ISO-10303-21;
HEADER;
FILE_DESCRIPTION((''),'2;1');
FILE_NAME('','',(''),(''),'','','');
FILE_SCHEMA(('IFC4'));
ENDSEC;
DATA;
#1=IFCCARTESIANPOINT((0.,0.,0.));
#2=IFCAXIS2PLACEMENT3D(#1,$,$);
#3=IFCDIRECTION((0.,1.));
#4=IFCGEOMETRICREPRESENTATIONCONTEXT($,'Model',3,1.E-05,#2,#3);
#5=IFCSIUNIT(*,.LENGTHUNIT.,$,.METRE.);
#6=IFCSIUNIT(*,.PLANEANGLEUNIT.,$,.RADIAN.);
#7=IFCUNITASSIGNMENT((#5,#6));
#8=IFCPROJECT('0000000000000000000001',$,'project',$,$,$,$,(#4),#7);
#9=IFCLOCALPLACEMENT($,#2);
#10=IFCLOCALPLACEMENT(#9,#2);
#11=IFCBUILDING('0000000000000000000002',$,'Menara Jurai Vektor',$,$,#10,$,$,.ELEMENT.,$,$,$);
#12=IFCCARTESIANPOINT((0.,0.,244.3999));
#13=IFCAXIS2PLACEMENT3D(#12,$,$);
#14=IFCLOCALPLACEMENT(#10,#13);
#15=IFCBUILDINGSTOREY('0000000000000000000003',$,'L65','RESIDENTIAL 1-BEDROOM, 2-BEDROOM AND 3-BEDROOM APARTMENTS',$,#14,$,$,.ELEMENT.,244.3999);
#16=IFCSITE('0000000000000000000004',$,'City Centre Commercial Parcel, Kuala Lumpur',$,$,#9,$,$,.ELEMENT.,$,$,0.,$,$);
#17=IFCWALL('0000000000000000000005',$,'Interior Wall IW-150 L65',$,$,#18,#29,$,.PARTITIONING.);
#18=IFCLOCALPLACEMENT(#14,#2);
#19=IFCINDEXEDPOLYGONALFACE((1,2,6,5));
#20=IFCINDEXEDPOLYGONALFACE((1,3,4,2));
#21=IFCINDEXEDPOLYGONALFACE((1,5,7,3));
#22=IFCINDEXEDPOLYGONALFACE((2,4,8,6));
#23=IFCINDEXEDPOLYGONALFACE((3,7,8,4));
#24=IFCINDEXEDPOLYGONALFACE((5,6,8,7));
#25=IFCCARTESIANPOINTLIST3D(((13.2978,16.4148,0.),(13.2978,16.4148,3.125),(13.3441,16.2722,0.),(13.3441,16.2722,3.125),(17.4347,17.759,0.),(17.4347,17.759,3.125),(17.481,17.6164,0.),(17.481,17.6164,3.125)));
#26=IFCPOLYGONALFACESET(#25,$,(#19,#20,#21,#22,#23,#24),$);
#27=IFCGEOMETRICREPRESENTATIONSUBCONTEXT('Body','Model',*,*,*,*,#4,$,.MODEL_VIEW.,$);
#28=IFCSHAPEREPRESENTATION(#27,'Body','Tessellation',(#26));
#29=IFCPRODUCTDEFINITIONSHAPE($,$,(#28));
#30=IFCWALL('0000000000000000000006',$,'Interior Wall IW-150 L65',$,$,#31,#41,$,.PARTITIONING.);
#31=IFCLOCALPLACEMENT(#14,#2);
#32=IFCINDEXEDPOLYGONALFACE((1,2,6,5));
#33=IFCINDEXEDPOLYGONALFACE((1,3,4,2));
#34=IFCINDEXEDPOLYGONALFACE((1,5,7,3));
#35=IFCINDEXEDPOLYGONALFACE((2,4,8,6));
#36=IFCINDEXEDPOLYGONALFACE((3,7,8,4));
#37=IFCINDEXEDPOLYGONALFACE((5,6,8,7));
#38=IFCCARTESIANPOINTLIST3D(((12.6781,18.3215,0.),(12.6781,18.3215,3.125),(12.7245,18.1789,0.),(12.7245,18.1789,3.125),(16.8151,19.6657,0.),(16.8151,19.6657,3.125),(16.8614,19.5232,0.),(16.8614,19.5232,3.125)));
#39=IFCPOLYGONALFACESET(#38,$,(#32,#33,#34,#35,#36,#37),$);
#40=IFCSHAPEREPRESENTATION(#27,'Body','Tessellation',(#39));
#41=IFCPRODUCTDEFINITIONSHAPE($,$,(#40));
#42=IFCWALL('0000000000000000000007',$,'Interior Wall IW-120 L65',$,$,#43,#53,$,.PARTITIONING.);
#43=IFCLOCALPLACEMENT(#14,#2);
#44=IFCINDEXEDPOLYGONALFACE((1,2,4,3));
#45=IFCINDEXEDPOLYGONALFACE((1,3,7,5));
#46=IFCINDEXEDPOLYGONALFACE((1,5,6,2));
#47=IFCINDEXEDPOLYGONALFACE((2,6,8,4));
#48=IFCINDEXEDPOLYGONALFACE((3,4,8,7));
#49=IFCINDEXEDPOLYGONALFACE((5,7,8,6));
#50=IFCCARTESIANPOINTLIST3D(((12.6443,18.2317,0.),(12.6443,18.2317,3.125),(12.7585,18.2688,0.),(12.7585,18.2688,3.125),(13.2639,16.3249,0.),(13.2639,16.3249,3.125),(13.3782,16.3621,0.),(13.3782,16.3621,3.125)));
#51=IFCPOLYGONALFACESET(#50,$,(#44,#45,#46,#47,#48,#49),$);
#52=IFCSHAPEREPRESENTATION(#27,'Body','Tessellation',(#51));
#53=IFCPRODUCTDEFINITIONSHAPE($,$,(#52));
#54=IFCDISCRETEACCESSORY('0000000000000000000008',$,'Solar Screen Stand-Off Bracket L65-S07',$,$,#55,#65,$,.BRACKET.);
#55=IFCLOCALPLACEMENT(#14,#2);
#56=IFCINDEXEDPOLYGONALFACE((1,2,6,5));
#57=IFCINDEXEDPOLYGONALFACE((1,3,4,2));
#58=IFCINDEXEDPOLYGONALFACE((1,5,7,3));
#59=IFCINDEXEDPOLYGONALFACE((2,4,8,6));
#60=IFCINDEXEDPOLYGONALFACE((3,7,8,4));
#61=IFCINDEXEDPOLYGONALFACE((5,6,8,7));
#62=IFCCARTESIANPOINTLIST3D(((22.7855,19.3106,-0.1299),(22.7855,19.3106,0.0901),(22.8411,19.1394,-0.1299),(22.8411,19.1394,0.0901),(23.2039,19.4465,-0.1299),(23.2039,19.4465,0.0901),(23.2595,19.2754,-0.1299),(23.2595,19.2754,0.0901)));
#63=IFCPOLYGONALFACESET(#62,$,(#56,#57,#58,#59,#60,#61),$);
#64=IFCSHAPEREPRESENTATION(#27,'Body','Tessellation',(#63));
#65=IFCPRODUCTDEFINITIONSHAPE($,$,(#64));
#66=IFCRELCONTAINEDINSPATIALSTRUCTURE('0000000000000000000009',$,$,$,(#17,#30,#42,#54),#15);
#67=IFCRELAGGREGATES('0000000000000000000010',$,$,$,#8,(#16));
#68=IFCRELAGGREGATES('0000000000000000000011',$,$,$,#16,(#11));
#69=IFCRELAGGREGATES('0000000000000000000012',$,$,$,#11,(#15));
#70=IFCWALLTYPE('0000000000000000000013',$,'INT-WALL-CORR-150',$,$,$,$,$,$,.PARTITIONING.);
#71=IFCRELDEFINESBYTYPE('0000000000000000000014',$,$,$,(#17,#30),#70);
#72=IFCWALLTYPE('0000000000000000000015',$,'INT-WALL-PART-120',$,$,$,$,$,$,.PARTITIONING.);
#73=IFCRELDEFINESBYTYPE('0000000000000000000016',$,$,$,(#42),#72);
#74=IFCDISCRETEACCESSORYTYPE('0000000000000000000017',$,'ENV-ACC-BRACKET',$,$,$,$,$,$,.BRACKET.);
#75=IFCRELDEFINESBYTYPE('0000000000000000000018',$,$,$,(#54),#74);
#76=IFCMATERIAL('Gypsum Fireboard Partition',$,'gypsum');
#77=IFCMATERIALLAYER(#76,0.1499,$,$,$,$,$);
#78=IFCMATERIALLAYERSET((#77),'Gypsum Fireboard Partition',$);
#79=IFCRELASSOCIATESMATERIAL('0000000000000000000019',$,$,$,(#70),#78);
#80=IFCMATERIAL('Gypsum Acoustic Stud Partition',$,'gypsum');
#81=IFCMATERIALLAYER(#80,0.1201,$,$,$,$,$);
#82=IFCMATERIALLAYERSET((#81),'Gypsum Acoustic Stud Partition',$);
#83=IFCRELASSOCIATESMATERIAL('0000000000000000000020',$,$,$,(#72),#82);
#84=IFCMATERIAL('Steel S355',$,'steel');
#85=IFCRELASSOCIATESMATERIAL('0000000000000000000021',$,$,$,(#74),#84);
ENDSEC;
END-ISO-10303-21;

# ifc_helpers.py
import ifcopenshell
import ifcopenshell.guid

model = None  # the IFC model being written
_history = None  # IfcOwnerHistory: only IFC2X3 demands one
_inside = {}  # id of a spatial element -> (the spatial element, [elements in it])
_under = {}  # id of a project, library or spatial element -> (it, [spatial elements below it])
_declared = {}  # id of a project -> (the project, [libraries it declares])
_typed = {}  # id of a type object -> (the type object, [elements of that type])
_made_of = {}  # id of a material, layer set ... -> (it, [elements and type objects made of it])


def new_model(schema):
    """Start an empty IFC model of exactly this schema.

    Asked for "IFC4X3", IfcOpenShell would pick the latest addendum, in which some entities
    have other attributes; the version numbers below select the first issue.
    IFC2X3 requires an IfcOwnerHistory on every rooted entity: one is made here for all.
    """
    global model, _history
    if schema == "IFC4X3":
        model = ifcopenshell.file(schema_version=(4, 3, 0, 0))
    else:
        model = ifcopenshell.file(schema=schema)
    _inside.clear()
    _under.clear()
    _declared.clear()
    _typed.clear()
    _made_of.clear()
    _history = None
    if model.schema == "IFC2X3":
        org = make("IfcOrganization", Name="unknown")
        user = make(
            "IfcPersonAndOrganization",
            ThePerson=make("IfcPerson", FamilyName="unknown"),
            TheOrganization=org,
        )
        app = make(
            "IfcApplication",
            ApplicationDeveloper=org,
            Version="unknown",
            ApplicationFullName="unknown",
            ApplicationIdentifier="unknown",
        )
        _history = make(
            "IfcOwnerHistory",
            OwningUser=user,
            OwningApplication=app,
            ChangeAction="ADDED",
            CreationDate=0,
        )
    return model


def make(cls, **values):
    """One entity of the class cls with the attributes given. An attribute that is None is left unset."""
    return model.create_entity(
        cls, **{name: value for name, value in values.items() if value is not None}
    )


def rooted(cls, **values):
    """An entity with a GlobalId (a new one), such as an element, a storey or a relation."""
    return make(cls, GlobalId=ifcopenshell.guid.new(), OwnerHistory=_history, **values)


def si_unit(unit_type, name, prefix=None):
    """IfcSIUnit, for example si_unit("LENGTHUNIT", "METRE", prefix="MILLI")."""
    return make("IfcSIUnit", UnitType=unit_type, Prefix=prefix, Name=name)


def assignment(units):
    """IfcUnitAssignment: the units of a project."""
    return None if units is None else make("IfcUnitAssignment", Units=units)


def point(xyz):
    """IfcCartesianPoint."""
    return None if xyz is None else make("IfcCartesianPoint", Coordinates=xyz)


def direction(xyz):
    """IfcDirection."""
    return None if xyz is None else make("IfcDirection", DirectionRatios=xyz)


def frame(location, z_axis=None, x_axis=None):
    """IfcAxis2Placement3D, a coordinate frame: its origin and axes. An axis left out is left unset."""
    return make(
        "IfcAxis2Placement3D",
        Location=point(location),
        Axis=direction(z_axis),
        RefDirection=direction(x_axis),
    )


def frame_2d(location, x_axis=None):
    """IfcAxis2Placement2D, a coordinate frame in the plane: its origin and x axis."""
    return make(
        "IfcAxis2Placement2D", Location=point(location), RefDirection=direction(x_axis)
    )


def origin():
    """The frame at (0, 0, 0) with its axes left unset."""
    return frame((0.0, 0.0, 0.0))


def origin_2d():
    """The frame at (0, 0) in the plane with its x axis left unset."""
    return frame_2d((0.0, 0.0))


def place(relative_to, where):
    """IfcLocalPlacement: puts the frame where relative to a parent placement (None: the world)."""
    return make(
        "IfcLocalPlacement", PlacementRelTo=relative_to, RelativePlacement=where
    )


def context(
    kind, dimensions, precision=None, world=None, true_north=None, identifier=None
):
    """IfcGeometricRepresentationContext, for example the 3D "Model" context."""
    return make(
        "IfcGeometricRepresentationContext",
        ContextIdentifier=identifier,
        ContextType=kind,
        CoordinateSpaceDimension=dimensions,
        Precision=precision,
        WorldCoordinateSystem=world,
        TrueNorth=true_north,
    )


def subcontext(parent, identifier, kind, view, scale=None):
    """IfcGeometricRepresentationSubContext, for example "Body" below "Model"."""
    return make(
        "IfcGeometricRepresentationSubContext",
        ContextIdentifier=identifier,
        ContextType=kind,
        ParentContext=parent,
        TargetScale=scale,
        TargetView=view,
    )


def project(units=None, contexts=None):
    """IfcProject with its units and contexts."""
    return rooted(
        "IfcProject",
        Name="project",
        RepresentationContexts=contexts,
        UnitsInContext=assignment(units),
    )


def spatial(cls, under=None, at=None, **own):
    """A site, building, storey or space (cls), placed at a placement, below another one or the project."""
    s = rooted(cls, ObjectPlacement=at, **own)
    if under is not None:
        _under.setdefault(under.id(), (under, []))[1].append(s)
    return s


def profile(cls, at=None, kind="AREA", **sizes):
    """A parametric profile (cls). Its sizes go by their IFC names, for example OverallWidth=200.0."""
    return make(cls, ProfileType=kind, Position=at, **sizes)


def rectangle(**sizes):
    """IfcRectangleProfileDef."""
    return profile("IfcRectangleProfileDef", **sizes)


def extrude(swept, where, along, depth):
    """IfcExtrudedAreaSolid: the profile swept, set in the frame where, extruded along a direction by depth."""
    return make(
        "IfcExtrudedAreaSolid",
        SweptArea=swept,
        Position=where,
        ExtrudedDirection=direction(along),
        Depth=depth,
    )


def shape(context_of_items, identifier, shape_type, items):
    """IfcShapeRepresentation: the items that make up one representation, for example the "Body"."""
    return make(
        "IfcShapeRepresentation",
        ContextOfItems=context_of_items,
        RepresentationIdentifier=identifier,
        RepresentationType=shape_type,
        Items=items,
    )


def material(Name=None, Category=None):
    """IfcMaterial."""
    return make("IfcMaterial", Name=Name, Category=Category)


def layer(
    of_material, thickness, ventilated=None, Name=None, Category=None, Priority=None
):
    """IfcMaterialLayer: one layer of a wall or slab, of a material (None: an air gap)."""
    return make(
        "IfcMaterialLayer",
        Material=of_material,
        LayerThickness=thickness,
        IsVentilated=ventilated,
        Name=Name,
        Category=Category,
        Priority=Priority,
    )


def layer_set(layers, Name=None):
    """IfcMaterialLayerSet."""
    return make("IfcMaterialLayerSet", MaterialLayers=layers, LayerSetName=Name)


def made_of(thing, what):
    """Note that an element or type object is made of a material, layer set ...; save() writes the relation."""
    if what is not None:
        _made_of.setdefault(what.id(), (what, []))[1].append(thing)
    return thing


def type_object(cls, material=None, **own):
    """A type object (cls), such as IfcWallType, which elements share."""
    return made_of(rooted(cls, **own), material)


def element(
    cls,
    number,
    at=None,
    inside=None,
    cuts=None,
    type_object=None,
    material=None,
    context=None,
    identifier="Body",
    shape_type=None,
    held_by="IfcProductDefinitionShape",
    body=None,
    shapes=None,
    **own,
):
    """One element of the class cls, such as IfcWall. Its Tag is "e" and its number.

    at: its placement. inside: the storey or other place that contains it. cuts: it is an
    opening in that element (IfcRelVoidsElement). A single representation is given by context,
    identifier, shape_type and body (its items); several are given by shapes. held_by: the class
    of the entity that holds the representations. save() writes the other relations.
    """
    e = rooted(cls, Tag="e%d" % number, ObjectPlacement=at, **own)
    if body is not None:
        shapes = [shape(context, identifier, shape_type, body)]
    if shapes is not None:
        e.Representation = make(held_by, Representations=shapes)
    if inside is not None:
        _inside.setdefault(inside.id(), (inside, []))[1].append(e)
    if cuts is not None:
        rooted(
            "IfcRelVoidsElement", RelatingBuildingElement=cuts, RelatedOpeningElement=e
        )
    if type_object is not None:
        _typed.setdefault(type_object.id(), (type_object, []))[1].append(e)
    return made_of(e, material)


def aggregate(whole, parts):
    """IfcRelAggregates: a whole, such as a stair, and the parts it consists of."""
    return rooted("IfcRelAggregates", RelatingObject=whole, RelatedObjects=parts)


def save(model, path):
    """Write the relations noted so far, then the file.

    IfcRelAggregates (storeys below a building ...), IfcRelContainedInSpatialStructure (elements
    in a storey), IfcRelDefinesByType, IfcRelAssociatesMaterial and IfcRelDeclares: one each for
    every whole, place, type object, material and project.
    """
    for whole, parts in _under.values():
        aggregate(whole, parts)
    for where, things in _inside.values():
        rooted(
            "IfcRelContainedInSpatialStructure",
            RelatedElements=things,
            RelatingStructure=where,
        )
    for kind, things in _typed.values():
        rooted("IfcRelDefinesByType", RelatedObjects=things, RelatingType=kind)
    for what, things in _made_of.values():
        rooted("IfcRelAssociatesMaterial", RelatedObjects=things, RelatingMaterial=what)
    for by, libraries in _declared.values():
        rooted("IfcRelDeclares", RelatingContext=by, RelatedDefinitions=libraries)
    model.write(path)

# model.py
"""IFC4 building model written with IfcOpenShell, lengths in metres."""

from ifc_helpers import new_model, si_unit, direction, frame, frame_2d, origin, origin_2d, place, context, subcontext, project, spatial, rectangle, extrude, material, layer, layer_set, type_object, element, save


model = new_model("IFC4")

# Units and contexts
model_context = context("Model", 3, precision=1e-05, world=origin(), true_north=direction((0.0, 1.0)))
body_context = subcontext(model_context, "Body", "Model", "MODEL_VIEW")
ifc_project = project(units=[si_unit("LENGTHUNIT", "METRE"), si_unit("PLANEANGLEUNIT", "RADIAN")], contexts=[model_context])

# Site, building, storey
site_placement = place(None, origin())
site = spatial("IfcSite", under=ifc_project, at=site_placement, Name="City Centre Commercial Parcel, Kuala Lumpur", CompositionType="ELEMENT", RefElevation=0.0)
building_placement = place(site_placement, origin())
building = spatial("IfcBuilding", under=site, at=building_placement, Name="Menara Jurai Vektor", CompositionType="ELEMENT")
storey_placement = place(building_placement, frame((0.0, 0.0, 244.3999)))
storey = spatial("IfcBuildingStorey", under=building, at=storey_placement, Name="L65", Description="RESIDENTIAL 1-BEDROOM, 2-BEDROOM AND 3-BEDROOM APARTMENTS", CompositionType="ELEMENT", Elevation=244.3999)

# Shared definitions
ifc_material_1 = material(Name="Steel S355", Category="steel")

# Shared definitions
ifc_material_2 = material(Name="Gypsum Fireboard Partition", Category="gypsum")
ifc_layer_1 = layer(ifc_material_2, 0.1499)
ifc_layer_set_1 = layer_set([ifc_layer_1], Name="Gypsum Fireboard Partition")
wall_type_1 = type_object("IfcWallType", Name="INT-WALL-CORR-150", PredefinedType="PARTITIONING", material=ifc_layer_set_1)

# Walls
for number, where, z_axis, x_axis, name in (
    (1, (13.321, 16.3435, 0.0), (0.0, 0.0, 1.0), (0.951053, 0.309029, 0.0), "Interior Wall IW-150 L65"),
    (2, (12.7014, 18.2502, 0.0), (0.0, 0.0, 1.0), (0.951053, 0.309029, 0.0), "Interior Wall IW-150 L65"),
):
    element("IfcWall", number, at=place(storey_placement, frame(where, z_axis=z_axis, x_axis=x_axis)), inside=storey, type_object=wall_type_1, Name=name, PredefinedType="PARTITIONING", context=body_context, shape_type="SweptSolid", body=[
        extrude(rectangle(XDim=4.3499, YDim=0.1499, at=frame_2d((2.1748, 0.0))), origin(), (0.0, 0.0, 1.0), 3.125),
    ])

# Wall
ifc_material_3 = material(Name="Gypsum Acoustic Stud Partition", Category="gypsum")
ifc_layer_2 = layer(ifc_material_3, 0.1201)
ifc_layer_set_2 = layer_set([ifc_layer_2], Name="Gypsum Acoustic Stud Partition")
wall_type_2 = type_object("IfcWallType", Name="INT-WALL-PART-120", PredefinedType="PARTITIONING", material=ifc_layer_set_2)
wall_1_placement = place(storey_placement, frame((13.321, 16.3435, 0.0), z_axis=(0.0, 0.0, 1.0), x_axis=(-0.309059, 0.951043, 0.0)))
element("IfcWall", 3, at=wall_1_placement, inside=storey, type_object=wall_type_2, Name="Interior Wall IW-120 L65", PredefinedType="PARTITIONING", context=body_context, shape_type="SweptSolid", body=[
    extrude(rectangle(XDim=2.0049, YDim=0.1201, at=frame_2d((1.0024, 0.0))), origin(), (0.0, 0.0, 1.0), 3.125),
])

# Discrete accessory
discrete_accessory_type = type_object("IfcDiscreteAccessoryType", Name="ENV-ACC-BRACKET", PredefinedType="BRACKET", material=ifc_material_1)
discrete_accessory_placement = place(storey_placement, frame((23.0225, 19.293, -0.1299), z_axis=(0.0, 0.0, 1.0), x_axis=(-0.309017, 0.951057, 0.0)))
element("IfcDiscreteAccessory", 4, at=discrete_accessory_placement, inside=storey, type_object=discrete_accessory_type, Name="Solar Screen Stand-Off Bracket L65-S07", PredefinedType="BRACKET", context=body_context, shape_type="SweptSolid", body=[
    extrude(rectangle(XDim=0.1799, YDim=0.4399, at=origin_2d()), origin(), (0.0, 0.0, 1.0), 0.22),
])

save(model, "model.ifc")
